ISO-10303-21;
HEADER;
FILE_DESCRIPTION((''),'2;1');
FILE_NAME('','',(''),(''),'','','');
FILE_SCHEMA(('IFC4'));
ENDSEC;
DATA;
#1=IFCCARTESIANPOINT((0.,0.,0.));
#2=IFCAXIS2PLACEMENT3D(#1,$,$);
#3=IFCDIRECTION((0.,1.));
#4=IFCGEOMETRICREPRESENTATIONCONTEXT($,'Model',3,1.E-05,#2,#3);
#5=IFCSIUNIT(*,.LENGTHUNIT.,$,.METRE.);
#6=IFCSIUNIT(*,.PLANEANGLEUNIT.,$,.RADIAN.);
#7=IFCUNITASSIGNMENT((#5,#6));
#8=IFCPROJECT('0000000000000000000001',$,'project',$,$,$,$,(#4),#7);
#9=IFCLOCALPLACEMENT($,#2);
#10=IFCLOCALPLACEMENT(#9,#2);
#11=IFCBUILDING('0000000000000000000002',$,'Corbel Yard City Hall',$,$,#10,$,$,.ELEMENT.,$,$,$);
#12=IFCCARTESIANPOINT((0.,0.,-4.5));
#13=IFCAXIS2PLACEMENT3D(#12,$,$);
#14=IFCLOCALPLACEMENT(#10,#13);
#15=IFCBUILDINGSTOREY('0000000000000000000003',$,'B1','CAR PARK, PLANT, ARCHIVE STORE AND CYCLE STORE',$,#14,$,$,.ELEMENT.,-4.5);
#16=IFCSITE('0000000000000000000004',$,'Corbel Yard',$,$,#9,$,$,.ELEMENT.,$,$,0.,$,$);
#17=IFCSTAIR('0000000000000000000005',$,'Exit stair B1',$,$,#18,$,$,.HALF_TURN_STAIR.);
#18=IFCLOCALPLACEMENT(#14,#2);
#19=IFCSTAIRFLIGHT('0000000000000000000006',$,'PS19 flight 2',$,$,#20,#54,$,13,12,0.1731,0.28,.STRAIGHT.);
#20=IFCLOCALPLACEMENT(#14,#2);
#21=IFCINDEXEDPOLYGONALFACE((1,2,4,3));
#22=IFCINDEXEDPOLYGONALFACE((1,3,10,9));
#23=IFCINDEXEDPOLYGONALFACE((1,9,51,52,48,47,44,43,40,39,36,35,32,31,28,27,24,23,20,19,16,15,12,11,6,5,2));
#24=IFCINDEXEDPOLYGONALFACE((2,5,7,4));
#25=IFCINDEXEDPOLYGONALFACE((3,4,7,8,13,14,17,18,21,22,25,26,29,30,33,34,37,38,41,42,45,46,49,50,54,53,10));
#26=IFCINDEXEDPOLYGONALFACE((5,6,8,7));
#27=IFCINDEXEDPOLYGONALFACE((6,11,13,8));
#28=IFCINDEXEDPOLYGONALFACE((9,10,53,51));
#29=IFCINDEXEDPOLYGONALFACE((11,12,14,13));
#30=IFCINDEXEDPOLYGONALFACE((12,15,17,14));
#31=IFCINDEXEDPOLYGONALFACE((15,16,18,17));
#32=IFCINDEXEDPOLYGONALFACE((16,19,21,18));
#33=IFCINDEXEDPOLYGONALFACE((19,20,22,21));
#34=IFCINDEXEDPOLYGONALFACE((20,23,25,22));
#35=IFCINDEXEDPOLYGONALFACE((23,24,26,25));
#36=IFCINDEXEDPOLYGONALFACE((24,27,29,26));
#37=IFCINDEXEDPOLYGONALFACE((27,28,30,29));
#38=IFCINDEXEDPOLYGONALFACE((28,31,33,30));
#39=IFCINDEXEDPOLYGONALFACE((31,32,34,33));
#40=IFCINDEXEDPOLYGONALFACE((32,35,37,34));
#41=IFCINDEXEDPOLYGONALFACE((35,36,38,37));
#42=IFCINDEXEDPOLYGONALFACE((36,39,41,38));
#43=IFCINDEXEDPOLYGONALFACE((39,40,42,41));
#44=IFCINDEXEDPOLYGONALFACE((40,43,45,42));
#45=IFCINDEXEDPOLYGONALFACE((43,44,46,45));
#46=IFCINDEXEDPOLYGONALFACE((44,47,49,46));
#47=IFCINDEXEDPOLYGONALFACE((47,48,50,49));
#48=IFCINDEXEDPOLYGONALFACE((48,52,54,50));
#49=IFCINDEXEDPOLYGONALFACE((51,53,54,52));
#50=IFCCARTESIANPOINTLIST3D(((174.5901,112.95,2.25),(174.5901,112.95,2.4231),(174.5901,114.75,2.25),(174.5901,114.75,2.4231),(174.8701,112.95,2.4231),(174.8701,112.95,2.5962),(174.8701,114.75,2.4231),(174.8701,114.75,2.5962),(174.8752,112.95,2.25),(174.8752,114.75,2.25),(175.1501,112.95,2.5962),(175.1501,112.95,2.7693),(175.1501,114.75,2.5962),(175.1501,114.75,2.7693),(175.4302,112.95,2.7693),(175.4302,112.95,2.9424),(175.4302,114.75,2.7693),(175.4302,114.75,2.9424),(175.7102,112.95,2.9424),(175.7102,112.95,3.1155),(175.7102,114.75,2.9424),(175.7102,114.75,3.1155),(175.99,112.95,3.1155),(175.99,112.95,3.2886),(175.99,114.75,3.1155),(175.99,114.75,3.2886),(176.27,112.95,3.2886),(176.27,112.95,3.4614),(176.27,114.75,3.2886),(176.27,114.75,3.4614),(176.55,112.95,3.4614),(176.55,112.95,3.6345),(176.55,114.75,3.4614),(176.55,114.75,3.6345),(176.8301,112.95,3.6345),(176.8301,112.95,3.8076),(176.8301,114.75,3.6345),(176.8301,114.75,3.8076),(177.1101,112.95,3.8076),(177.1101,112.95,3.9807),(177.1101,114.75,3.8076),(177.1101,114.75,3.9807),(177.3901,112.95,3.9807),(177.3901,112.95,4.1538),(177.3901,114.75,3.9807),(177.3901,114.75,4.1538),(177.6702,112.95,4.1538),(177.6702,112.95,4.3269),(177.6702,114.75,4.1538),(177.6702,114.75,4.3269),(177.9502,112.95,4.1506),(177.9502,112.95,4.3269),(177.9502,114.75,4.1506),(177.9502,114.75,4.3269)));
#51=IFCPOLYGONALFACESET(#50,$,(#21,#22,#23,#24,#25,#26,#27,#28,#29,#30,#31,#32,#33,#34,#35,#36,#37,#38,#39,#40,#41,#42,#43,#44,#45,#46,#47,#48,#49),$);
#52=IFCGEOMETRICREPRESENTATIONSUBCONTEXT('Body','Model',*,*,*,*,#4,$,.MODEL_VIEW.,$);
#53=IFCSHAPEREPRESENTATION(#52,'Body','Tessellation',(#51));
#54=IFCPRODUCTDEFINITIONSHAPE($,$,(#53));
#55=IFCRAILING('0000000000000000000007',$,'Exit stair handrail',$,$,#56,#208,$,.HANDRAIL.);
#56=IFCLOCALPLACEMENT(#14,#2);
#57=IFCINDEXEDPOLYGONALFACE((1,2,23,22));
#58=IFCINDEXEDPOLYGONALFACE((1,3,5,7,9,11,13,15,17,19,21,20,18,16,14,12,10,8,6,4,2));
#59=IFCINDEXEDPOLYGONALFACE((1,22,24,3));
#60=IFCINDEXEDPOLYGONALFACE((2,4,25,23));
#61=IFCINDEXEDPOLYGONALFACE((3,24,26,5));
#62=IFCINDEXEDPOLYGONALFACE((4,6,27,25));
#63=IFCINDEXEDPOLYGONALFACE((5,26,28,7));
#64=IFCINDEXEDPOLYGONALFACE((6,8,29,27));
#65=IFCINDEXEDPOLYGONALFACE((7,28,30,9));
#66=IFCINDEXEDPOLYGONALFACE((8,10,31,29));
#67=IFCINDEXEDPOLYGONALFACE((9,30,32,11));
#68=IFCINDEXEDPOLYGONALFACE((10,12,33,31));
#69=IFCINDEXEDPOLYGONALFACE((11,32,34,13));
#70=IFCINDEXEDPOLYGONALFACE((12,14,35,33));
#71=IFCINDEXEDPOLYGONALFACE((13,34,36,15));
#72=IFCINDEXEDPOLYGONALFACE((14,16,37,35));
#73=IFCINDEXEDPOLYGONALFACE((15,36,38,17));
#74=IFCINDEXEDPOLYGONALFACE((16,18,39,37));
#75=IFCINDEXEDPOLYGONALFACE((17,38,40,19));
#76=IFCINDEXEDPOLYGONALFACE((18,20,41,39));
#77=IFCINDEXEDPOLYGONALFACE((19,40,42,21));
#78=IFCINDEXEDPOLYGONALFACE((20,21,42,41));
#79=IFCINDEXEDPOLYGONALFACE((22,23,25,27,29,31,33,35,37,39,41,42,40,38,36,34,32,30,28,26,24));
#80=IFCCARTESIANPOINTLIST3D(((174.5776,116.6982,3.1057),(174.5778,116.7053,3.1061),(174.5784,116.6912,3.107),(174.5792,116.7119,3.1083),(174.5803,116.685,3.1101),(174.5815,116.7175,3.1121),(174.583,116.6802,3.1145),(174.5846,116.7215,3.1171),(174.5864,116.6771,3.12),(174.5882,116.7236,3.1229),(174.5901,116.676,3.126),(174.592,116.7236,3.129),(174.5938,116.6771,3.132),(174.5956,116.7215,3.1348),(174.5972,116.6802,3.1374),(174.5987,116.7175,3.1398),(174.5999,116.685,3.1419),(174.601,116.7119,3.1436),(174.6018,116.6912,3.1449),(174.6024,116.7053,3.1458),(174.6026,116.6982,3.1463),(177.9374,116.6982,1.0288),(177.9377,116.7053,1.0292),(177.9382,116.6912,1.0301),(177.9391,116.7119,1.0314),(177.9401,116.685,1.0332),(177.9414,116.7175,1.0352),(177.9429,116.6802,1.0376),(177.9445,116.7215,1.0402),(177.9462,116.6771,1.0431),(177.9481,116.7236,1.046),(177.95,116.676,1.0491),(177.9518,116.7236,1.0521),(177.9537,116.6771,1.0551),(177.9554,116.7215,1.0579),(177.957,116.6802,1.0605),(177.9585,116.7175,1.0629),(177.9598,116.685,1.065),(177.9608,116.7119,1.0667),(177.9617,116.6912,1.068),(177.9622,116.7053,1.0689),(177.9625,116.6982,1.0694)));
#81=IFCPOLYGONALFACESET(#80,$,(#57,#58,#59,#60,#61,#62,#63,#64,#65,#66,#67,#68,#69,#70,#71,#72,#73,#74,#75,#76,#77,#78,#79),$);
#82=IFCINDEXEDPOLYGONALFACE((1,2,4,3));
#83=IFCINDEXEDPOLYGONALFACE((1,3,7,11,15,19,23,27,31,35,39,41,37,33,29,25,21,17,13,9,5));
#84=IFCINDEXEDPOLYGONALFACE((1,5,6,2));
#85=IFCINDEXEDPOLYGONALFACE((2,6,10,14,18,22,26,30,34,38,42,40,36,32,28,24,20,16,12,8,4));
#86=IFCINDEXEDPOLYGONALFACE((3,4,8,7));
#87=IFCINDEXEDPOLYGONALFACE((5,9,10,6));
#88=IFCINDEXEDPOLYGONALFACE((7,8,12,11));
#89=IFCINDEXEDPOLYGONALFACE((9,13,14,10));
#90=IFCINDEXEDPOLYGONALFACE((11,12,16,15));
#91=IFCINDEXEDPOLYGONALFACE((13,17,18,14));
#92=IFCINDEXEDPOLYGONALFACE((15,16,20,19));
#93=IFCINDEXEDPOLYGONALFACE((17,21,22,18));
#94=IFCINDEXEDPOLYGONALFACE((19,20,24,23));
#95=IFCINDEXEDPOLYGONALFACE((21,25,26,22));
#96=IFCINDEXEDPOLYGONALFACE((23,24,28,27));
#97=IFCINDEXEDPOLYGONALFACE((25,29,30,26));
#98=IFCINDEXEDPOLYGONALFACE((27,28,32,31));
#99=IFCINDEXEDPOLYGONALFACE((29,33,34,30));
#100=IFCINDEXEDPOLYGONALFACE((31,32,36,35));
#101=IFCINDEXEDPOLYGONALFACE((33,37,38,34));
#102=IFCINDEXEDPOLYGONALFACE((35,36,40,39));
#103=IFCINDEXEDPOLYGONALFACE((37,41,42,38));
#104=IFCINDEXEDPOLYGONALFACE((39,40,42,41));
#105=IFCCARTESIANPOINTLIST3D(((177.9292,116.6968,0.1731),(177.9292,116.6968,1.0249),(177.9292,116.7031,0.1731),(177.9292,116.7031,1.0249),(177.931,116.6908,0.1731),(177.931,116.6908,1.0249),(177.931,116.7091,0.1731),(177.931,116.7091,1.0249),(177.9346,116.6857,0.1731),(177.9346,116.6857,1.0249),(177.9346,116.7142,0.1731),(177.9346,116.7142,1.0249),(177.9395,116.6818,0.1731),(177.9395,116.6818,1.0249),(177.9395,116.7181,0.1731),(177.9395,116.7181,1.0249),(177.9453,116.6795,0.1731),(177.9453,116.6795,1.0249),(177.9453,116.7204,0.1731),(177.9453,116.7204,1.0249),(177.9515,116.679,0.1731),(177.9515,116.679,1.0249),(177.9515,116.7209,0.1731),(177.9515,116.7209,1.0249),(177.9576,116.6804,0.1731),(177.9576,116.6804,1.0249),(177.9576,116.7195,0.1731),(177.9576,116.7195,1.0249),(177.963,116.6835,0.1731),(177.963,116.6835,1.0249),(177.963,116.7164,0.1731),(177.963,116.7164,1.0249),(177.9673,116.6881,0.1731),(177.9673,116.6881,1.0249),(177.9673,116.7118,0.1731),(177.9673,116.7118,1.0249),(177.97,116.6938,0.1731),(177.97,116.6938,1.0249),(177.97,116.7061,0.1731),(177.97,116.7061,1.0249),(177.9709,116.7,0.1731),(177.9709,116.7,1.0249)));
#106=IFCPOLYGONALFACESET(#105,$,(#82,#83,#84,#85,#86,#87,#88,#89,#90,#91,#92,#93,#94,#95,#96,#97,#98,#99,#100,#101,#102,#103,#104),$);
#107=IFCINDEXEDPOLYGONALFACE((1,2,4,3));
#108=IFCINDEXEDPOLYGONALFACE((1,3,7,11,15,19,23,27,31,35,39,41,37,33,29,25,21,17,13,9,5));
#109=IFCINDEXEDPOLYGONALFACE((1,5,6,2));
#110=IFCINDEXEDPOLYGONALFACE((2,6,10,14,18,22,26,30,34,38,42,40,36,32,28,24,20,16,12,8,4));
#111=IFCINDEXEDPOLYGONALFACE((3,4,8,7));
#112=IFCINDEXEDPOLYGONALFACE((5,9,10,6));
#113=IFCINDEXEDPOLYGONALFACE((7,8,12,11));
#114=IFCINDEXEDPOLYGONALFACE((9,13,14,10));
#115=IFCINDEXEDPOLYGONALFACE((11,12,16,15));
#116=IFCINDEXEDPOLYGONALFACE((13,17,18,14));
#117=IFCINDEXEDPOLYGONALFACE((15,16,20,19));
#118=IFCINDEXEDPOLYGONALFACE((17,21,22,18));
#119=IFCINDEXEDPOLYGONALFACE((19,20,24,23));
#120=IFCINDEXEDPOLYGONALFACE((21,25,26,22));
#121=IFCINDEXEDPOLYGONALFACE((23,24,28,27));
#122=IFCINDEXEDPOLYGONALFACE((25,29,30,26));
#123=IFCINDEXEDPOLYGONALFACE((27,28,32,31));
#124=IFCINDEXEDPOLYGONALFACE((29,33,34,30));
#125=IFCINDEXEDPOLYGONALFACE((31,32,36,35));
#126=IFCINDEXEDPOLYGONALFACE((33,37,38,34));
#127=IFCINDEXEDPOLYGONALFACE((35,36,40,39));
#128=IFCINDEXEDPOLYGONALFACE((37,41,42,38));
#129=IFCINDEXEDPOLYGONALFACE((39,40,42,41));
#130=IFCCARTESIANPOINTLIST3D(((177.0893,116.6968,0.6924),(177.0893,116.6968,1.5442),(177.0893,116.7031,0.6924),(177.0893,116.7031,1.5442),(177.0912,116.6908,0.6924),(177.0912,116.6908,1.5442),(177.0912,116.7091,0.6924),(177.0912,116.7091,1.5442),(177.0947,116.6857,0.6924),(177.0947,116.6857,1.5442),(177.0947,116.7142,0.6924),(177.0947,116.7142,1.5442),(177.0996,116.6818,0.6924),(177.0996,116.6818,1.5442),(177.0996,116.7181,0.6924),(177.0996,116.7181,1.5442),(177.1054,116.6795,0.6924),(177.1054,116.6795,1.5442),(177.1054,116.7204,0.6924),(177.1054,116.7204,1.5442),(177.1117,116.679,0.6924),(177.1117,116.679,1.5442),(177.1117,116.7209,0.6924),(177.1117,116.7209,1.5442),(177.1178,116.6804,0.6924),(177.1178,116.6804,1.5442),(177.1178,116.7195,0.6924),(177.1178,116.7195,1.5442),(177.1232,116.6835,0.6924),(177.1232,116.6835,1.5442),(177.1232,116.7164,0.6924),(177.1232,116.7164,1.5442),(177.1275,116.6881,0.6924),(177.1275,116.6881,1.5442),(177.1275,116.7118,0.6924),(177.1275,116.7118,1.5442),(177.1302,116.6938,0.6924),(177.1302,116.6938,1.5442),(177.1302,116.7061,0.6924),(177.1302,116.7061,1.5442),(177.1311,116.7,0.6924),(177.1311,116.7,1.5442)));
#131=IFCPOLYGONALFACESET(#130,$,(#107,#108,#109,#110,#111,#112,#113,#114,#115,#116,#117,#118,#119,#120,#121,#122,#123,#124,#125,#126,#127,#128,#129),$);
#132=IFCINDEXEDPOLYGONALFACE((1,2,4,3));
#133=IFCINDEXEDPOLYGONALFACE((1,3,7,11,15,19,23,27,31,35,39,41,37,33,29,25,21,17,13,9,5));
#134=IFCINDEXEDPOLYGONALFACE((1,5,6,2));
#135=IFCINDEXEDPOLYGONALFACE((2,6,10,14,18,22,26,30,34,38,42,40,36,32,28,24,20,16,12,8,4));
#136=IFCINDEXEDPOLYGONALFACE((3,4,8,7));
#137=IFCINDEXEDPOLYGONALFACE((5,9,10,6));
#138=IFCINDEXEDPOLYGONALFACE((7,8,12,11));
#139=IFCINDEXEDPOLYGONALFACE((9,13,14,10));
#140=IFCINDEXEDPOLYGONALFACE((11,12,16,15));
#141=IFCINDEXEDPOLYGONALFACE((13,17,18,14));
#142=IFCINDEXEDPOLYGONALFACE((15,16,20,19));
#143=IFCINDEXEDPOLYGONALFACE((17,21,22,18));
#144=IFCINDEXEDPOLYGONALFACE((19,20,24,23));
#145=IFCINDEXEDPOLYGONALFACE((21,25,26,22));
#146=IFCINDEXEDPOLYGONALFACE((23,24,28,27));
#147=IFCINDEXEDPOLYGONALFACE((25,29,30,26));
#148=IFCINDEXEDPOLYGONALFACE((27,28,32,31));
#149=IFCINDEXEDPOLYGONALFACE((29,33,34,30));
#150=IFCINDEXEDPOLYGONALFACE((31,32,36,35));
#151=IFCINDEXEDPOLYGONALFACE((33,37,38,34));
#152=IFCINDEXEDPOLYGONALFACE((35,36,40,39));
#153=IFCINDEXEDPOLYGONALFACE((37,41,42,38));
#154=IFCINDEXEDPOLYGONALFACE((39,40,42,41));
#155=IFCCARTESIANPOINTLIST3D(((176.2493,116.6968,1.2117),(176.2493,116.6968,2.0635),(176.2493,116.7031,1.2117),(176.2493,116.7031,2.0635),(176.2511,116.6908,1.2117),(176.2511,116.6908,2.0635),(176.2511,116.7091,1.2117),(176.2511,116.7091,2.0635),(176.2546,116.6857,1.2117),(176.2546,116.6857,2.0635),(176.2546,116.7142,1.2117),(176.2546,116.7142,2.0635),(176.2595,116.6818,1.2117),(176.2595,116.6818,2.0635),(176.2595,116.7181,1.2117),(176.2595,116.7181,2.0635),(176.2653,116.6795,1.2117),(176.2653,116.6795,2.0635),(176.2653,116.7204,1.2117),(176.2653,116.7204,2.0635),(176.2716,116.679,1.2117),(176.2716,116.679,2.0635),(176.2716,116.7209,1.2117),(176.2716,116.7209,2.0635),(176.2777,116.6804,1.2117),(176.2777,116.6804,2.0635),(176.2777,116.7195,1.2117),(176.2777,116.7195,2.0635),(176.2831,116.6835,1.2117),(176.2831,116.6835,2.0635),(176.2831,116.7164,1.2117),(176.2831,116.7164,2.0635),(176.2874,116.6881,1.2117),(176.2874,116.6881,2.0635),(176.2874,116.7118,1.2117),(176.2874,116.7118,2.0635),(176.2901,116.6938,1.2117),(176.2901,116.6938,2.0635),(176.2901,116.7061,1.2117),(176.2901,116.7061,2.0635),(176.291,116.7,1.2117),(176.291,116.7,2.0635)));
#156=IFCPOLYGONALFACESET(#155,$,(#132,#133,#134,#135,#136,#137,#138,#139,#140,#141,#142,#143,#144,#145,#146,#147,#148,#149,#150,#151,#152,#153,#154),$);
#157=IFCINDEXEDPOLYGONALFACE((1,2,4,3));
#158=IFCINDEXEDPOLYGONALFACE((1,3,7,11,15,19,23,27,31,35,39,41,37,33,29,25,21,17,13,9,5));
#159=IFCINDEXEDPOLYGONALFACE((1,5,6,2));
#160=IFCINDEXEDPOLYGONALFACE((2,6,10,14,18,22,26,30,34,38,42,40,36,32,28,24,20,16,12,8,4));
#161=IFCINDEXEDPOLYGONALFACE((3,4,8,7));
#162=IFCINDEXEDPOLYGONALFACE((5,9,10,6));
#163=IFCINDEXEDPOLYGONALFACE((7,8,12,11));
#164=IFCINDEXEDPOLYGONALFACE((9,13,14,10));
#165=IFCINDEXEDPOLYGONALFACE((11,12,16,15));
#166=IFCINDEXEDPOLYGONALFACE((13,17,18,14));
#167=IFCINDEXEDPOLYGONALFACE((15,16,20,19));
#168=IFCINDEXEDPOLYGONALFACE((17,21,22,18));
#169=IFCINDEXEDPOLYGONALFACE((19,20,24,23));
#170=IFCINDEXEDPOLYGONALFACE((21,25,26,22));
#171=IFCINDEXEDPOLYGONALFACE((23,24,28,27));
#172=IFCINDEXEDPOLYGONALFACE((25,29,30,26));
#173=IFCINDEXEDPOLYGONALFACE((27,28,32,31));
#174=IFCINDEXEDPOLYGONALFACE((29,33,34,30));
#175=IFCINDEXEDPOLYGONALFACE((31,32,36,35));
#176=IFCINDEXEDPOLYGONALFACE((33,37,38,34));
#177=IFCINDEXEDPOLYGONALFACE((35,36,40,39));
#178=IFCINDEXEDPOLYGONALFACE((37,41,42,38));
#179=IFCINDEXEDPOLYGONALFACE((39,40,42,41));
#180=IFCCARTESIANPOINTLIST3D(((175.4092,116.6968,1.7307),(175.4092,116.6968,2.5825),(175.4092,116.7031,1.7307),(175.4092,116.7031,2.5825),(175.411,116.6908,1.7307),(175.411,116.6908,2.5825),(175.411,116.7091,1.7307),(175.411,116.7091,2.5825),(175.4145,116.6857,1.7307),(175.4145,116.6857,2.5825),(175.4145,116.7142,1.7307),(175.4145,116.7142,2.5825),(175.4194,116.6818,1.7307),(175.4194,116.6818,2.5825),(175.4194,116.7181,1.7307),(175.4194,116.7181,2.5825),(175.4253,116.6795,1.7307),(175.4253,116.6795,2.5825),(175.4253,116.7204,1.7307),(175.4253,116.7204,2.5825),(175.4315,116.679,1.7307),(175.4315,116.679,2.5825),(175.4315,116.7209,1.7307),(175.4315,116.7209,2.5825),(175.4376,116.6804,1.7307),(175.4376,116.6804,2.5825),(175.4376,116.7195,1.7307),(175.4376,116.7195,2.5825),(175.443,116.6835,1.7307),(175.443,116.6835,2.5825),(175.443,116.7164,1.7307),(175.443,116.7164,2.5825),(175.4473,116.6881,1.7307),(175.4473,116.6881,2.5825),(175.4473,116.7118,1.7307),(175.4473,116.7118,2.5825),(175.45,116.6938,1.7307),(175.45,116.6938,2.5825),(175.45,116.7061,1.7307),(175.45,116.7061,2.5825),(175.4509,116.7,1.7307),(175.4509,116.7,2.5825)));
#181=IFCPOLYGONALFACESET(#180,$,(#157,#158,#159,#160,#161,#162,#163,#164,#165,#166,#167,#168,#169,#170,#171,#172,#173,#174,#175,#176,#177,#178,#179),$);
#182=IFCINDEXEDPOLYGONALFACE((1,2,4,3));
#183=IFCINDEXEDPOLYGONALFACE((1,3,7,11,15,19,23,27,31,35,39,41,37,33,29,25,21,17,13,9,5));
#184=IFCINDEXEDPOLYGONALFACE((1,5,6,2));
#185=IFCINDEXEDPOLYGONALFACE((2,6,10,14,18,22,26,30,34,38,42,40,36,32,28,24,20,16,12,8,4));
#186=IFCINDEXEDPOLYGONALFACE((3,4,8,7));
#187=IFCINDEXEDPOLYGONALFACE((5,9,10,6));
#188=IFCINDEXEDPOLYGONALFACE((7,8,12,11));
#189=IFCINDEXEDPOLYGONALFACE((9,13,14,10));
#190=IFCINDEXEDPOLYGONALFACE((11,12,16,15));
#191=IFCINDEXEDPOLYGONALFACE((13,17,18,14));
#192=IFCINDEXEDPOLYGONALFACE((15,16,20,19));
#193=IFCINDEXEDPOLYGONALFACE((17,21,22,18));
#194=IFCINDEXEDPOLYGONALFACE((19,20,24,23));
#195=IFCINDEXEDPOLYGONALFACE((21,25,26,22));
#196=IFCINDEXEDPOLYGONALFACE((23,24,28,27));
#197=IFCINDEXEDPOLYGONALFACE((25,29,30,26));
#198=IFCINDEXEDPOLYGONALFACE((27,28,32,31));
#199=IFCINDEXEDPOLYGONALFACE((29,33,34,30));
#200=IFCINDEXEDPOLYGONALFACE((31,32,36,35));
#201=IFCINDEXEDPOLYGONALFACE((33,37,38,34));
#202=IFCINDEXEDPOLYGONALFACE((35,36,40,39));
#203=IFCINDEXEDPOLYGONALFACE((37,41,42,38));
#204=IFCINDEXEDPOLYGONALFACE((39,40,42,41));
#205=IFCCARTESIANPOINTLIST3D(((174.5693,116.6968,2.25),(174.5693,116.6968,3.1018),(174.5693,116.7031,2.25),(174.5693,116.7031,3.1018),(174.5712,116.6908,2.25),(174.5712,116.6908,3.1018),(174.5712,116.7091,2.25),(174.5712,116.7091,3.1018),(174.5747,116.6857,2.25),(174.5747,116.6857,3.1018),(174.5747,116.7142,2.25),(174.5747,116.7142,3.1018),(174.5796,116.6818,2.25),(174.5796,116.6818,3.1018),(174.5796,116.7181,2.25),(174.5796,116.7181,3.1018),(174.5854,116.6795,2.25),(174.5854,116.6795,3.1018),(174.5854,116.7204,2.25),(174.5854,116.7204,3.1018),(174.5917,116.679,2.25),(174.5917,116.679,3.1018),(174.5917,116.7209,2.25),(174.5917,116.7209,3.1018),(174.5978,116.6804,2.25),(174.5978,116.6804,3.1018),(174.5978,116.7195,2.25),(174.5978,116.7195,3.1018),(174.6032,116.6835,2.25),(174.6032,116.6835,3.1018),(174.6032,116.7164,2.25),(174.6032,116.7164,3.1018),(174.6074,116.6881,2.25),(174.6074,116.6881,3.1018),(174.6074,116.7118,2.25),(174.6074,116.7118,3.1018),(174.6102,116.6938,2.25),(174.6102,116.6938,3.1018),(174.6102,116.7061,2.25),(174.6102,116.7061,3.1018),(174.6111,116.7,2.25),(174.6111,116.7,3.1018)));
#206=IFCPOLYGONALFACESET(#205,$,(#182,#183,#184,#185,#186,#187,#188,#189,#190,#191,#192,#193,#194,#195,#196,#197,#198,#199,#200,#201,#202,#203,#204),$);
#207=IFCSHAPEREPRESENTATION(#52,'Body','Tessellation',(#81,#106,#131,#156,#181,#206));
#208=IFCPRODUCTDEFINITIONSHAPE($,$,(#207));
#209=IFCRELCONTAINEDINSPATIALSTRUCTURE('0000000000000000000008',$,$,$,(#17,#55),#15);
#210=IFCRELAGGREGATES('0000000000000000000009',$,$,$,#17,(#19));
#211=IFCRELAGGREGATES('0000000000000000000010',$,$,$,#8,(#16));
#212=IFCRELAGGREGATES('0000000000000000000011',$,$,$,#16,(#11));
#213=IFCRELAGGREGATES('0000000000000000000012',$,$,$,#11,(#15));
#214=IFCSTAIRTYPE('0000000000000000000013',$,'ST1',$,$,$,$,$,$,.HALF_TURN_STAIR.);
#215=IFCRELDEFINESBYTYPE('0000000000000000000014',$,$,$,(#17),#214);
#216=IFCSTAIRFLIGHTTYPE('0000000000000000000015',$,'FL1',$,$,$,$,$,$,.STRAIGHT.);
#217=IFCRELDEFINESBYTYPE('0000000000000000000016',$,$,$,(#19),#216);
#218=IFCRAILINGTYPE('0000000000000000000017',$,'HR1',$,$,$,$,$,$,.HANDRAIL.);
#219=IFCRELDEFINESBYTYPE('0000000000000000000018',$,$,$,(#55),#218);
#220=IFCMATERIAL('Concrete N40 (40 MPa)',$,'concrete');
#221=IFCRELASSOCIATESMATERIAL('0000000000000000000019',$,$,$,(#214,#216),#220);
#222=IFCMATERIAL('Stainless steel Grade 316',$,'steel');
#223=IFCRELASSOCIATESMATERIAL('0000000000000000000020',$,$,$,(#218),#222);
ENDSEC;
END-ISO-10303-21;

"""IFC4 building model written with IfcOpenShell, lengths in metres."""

from ifc_helpers import new_model, si_unit, direction, frame, origin, origin_2d, place, context, subcontext, project, spatial, polyline, circle, outline, extrude, material, type_object, element, aggregate, save


model = new_model("IFC4")

# Units and contexts
model_context = context("Model", 3, precision=1e-05, world=origin(), true_north=direction((0.0, 1.0)))
body_context = subcontext(model_context, "Body", "Model", "MODEL_VIEW")
ifc_project = project(units=[si_unit("LENGTHUNIT", "METRE"), si_unit("PLANEANGLEUNIT", "RADIAN")], contexts=[model_context])

# Site, building, storey
site_placement = place(None, origin())
site = spatial("IfcSite", under=ifc_project, at=site_placement, Name="Corbel Yard", CompositionType="ELEMENT", RefElevation=0.0)
building_placement = place(site_placement, origin())
building = spatial("IfcBuilding", under=site, at=building_placement, Name="Corbel Yard City Hall", CompositionType="ELEMENT")
storey_placement = place(building_placement, frame((0.0, 0.0, -4.5)))
storey = spatial("IfcBuildingStorey", under=building, at=storey_placement, Name="B1", Description="CAR PARK, PLANT, ARCHIVE STORE AND CYCLE STORE", CompositionType="ELEMENT", Elevation=-4.5)

# Shared definitions
ifc_material_1 = material(Name="Concrete N40 (40 MPa)", Category="concrete")

# Shared definitions
ifc_material_2 = material(Name="Stainless steel Grade 316", Category="steel")

# Stair, stair flight
stair_type = type_object("IfcStairType", Name="ST1", PredefinedType="HALF_TURN_STAIR", material=ifc_material_1)
stair_placement = place(storey_placement, origin())
stair = element("IfcStair", 1, at=stair_placement, inside=storey, type_object=stair_type, Name="Exit stair B1", PredefinedType="HALF_TURN_STAIR")
stair_flight_type = type_object("IfcStairFlightType", Name="FL1", PredefinedType="STRAIGHT", material=ifc_material_1)
stair_flight_1_placement = place(storey_placement, frame((174.5901, 113.8501, 2.25), z_axis=(0.0, 0.0, 1.0), x_axis=(1.0, 0.0, 0.0)))
stair_flight_1 = element("IfcStairFlight", 2, at=stair_flight_1_placement, type_object=stair_flight_type, Name="PS19 flight 2", NumberOfRisers=13, NumberOfTreads=12, PredefinedType="STRAIGHT", RiserHeight=0.1731, TreadLength=0.28, context=body_context, shape_type="SweptSolid", body=[
    extrude(outline(polyline([(0.0, 0.0), (0.0, 0.1731), (0.28, 0.1731), (0.28, 0.3462), (0.5601, 0.3462), (0.5601, 0.5193), (0.8401, 0.5193), (0.8401, 0.6924), (1.1201, 0.6924), (1.1201, 0.8655), (1.3999, 0.8655), (1.3999, 1.0386), (1.6799, 1.0386), (1.6799, 1.2114), (1.96, 1.2114), (1.96, 1.3845), (2.24, 1.3845), (2.24, 1.5576), (2.52, 1.5576), (2.52, 1.7307), (2.8, 1.7307), (2.8, 1.9038), (3.0801, 1.9038), (3.0801, 2.0769), (3.3601, 2.0769), (3.3601, 2.25), (3.3601, 1.9006), (0.2852, 0.0), (0.0, 0.0)])), frame((0.0, 0.8999, 0.0), z_axis=(0.0, -1.0, 0.0), x_axis=(1.0, 0.0, 0.0)), (0.0, 0.0, 1.0), 1.8),
])
aggregate(stair, [stair_flight_1])

# Railing
railing_type = type_object("IfcRailingType", Name="HR1", PredefinedType="HANDRAIL", material=ifc_material_2)
for number, where, name in (
    (3, (177.95, 116.7, 0.1731), "Exit stair handrail"),
):
    element("IfcRailing", number, at=place(storey_placement, frame(where)), inside=storey, type_object=railing_type, Name=name, PredefinedType="HANDRAIL", context=body_context, shape_type="SweptSolid", body=[
        extrude(circle(Radius=0.0239, at=origin_2d()), frame((0.0, 0.0, 0.876), z_axis=(-0.850606, 0.0, 0.525803), x_axis=(0.0, -1.0, 0.0)), (0.0, 0.0, 1.0), 3.95),
        extrude(circle(Radius=0.021, at=origin_2d()), origin(), (0.0, 0.0, 1.0), 0.8518),
        extrude(circle(Radius=0.021, at=origin_2d()), frame((-0.8398, 0.0, 0.5193)), (0.0, 0.0, 1.0), 0.8518),
        extrude(circle(Radius=0.021, at=origin_2d()), frame((-1.6799, 0.0, 1.0386)), (0.0, 0.0, 1.0), 0.8518),
        extrude(circle(Radius=0.021, at=origin_2d()), frame((-2.52, 0.0, 1.5576)), (0.0, 0.0, 1.0), 0.8518),
        extrude(circle(Radius=0.021, at=origin_2d()), frame((-3.3599, 0.0, 2.0769)), (0.0, 0.0, 1.0), 0.8518),
    ])

save(model, "model.ifc")
